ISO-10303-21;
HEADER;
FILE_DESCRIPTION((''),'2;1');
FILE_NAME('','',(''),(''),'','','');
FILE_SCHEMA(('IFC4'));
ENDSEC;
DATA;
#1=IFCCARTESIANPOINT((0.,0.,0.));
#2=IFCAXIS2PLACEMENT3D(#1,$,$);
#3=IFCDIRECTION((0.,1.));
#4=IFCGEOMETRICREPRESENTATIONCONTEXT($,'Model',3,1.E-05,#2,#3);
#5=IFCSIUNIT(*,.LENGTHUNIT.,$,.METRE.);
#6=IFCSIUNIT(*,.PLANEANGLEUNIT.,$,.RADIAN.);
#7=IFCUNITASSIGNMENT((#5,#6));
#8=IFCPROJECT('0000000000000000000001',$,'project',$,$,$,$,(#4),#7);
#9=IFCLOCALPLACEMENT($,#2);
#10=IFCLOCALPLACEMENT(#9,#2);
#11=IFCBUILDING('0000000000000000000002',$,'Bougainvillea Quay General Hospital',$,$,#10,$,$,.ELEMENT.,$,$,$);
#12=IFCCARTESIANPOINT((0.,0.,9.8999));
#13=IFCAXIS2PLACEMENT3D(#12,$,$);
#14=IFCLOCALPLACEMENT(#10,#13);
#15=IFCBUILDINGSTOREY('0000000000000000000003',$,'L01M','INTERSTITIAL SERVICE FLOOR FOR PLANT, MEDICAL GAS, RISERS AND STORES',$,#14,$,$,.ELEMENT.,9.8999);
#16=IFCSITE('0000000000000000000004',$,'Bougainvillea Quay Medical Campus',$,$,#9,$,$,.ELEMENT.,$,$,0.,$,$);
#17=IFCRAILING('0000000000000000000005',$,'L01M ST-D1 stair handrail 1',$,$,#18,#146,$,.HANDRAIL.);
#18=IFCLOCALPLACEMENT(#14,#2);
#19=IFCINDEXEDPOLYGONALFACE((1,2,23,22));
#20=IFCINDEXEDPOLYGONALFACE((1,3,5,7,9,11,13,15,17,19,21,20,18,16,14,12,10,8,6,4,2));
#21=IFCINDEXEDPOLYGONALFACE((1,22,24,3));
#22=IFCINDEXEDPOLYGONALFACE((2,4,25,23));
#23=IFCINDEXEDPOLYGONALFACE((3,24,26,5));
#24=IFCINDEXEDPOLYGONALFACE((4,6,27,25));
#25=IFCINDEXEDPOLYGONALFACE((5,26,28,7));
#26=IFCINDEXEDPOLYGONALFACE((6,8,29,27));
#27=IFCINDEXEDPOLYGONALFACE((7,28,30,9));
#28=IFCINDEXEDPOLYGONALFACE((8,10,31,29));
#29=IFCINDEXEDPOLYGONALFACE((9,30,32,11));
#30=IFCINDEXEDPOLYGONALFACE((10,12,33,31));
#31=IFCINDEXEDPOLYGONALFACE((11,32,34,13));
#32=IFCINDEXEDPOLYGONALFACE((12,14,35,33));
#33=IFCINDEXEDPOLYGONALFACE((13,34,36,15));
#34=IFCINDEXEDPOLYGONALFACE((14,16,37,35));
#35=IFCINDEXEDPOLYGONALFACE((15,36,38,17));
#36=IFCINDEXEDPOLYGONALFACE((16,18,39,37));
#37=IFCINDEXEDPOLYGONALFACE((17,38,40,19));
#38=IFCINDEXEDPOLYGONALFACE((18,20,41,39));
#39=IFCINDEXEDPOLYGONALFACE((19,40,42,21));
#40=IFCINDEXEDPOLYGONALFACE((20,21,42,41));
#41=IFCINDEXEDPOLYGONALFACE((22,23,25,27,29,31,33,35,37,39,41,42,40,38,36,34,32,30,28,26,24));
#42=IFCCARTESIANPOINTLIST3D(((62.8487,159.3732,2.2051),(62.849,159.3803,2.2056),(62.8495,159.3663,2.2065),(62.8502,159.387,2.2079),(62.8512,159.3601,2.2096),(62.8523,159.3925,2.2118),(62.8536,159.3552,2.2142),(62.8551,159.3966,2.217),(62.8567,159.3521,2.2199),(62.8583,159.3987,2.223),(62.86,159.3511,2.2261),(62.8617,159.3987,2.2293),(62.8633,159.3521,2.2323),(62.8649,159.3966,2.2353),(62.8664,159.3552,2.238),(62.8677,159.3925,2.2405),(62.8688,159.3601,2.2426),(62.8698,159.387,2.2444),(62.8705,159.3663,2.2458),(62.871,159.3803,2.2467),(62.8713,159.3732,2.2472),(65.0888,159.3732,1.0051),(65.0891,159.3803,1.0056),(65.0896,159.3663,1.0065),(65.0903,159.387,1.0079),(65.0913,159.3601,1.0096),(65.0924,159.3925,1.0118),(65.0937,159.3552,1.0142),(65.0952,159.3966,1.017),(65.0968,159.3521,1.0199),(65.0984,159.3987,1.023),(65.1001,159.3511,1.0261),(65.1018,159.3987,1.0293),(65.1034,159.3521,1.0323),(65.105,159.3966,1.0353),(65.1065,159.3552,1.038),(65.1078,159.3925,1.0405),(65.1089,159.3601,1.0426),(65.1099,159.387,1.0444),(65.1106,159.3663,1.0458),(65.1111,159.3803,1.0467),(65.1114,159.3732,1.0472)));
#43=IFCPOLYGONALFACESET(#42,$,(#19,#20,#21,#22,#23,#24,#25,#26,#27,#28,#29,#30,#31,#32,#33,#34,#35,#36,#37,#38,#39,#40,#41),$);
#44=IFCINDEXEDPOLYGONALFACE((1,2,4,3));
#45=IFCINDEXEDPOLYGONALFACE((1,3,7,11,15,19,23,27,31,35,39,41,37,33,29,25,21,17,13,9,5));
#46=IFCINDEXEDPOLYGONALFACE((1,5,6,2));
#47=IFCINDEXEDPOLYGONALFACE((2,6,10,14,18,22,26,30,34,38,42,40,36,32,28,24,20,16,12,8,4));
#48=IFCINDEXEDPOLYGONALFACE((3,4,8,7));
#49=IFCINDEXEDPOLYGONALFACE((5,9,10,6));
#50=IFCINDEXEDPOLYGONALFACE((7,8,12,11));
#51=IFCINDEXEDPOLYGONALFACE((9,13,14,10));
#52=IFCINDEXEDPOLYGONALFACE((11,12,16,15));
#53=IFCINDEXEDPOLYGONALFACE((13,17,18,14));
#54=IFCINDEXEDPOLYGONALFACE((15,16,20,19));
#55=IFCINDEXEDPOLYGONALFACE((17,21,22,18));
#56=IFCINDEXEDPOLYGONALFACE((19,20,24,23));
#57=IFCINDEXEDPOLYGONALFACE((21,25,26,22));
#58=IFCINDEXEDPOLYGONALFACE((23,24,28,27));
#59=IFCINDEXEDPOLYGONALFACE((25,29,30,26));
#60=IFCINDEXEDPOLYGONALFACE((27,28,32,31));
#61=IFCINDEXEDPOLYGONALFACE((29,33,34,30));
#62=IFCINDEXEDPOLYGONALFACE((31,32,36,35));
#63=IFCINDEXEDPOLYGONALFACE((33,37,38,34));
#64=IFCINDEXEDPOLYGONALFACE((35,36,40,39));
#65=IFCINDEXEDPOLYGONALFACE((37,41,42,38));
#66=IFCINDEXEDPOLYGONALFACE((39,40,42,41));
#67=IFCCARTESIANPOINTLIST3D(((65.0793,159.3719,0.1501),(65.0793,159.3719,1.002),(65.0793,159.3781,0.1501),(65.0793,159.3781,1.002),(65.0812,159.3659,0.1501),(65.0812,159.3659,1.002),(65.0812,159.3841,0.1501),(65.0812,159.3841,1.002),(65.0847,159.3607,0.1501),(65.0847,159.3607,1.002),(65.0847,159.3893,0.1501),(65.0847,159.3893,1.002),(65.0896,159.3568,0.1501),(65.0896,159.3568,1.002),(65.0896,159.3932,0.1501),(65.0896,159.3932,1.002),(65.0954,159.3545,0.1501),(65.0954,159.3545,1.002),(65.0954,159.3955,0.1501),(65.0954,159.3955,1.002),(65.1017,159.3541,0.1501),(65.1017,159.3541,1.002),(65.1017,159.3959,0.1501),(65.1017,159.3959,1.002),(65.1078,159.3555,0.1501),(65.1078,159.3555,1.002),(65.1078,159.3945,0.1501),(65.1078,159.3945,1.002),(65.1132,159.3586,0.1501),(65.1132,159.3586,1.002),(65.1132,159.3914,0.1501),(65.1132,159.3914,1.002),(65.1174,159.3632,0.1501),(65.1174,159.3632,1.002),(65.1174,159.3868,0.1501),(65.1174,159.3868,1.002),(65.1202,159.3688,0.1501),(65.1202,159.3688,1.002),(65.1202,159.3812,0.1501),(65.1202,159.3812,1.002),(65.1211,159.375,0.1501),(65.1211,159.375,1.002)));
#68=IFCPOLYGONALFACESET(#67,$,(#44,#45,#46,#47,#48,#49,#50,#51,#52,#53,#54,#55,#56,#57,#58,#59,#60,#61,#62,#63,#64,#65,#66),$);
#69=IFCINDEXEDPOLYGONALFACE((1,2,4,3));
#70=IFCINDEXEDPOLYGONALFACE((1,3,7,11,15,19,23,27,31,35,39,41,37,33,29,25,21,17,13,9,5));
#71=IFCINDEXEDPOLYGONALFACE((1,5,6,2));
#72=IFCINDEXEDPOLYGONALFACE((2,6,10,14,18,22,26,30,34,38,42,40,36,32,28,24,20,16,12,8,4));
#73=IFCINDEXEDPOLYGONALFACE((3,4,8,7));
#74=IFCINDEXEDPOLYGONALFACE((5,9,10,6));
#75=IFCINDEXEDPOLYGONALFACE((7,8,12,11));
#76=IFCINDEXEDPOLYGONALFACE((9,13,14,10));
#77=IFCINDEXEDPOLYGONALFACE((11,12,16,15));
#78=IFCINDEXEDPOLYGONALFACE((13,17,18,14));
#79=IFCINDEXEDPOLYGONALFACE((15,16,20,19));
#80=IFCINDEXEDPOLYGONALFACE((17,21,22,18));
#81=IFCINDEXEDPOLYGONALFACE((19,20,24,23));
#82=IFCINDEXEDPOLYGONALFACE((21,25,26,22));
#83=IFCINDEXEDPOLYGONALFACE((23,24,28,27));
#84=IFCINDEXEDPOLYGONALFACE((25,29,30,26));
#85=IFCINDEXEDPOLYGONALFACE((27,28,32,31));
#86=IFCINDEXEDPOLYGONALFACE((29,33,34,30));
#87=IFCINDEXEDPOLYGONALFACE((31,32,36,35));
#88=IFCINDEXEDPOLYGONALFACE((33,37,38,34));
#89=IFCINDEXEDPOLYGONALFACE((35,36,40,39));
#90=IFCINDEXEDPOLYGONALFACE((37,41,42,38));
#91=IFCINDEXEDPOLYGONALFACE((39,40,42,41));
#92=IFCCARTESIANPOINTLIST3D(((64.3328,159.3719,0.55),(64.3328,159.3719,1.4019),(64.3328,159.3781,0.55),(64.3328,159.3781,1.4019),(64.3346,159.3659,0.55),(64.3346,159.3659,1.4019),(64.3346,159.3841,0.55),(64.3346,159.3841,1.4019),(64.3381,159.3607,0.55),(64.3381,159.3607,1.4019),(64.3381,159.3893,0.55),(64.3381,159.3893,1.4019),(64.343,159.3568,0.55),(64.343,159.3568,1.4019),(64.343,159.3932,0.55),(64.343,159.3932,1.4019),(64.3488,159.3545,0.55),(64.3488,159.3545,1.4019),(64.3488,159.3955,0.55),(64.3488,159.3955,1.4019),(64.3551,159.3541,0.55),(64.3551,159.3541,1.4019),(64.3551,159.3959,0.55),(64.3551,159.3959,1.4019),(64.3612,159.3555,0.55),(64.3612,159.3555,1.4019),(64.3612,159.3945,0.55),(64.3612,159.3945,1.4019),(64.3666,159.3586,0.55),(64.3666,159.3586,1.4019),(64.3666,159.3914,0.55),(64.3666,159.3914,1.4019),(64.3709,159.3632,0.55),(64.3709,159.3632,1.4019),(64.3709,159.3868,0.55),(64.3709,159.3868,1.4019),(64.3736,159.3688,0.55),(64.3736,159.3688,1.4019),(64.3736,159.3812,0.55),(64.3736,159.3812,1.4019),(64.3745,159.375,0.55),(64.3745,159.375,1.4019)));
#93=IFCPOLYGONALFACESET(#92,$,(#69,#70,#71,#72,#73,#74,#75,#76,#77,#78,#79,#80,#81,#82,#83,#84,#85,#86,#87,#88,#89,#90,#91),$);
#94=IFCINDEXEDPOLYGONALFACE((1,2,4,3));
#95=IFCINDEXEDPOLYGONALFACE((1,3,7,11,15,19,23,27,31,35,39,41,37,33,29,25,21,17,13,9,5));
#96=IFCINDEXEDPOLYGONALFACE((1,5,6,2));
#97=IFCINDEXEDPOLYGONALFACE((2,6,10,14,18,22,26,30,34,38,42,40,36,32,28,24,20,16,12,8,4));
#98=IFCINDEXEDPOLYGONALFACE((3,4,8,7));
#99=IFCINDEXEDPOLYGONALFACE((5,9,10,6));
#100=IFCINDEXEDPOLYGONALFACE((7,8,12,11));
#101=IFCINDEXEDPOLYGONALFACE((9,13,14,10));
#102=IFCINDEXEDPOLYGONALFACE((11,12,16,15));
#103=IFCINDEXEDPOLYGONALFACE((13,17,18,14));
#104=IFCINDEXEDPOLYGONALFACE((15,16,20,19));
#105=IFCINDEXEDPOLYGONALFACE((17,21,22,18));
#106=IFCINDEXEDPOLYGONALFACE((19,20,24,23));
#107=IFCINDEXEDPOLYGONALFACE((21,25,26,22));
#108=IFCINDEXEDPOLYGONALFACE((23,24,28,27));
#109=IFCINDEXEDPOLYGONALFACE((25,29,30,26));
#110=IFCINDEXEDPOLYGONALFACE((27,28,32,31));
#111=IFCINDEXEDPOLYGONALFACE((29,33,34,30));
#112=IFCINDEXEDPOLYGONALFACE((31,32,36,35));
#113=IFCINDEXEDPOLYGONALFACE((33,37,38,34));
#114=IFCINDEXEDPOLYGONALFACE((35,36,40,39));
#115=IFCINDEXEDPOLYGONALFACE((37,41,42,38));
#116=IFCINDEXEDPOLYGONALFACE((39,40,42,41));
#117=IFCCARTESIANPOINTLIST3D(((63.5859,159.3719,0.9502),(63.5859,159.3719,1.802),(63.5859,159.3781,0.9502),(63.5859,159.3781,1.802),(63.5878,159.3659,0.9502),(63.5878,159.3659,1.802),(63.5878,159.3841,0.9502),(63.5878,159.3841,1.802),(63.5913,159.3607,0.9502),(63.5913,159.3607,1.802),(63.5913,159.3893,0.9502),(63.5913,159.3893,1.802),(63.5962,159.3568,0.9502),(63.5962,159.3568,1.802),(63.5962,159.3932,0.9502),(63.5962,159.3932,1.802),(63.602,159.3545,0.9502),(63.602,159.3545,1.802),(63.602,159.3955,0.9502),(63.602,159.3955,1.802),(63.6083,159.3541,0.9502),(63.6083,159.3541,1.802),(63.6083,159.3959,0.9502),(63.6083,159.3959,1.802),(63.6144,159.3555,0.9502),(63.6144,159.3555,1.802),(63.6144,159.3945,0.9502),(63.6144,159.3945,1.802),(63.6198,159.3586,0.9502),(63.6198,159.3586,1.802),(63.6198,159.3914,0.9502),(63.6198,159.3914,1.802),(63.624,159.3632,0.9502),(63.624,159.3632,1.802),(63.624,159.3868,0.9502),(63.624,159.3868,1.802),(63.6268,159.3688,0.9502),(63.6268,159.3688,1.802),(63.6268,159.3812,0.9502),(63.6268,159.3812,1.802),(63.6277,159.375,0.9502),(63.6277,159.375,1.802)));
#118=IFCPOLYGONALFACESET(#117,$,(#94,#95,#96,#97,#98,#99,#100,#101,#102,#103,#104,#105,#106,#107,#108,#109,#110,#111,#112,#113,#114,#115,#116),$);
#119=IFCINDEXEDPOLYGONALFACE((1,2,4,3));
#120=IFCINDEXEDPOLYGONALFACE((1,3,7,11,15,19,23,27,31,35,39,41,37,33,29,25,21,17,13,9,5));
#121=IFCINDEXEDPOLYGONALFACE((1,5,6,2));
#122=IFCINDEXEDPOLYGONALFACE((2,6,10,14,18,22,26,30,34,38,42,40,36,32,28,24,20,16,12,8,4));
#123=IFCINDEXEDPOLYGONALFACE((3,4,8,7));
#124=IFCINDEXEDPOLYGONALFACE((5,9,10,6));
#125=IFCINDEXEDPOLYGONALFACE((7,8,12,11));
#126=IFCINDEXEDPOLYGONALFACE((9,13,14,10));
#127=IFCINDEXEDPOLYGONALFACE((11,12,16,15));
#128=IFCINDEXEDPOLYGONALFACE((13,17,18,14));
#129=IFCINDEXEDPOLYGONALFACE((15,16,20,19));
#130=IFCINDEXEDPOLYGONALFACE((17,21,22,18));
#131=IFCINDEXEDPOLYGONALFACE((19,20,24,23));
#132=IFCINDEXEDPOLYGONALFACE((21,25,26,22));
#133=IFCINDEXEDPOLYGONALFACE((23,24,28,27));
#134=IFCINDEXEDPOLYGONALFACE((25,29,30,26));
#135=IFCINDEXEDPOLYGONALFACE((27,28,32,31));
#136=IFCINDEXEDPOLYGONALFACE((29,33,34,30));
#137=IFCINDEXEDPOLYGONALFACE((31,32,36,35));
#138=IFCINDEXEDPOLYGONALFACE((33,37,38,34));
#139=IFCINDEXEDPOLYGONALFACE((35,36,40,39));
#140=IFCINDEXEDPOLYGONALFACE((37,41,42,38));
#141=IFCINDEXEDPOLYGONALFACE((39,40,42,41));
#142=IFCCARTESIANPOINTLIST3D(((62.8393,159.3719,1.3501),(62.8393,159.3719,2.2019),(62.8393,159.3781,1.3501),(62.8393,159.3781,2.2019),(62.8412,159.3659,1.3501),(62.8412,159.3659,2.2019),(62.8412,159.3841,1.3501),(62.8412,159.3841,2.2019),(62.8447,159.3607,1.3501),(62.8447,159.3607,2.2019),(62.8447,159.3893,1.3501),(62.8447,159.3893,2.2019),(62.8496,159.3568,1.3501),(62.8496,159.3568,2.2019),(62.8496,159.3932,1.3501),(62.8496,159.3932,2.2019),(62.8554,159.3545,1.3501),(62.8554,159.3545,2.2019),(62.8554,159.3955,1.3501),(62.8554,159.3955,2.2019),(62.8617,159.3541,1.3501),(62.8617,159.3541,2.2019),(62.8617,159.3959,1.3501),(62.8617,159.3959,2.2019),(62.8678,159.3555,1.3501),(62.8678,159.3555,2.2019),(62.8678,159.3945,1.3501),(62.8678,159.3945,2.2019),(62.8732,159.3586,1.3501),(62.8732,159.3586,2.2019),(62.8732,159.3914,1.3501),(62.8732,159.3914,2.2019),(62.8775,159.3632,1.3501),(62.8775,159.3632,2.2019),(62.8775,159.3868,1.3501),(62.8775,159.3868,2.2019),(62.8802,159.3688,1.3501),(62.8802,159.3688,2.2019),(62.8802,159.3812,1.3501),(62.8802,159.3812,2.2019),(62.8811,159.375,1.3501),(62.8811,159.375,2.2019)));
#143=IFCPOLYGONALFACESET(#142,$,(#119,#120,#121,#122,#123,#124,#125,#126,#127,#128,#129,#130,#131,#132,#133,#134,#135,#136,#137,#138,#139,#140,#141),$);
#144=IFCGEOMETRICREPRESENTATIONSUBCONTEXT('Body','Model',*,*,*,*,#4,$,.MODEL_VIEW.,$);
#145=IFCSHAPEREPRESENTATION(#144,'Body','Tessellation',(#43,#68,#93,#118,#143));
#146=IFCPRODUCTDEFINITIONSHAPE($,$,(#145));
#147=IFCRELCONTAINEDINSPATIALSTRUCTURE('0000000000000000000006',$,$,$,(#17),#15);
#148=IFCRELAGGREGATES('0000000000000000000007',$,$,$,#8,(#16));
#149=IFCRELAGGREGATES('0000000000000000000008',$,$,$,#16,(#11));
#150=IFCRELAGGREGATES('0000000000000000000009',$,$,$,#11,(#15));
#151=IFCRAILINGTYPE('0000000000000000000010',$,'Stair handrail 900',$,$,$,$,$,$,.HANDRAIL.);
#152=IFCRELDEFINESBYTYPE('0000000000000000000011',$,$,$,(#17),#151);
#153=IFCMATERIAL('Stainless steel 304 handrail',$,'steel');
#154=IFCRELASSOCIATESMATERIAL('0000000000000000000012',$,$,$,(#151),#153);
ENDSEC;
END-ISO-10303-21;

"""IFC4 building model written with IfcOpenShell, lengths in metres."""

from ifc_helpers import new_model, si_unit, direction, frame, origin, origin_2d, place, context, subcontext, project, spatial, circle, extrude, material, type_object, element, save


model = new_model("IFC4")

# Units and contexts
model_context = context("Model", 3, precision=1e-05, world=origin(), true_north=direction((0.0, 1.0)))
body_context = subcontext(model_context, "Body", "Model", "MODEL_VIEW")
ifc_project = project(units=[si_unit("LENGTHUNIT", "METRE"), si_unit("PLANEANGLEUNIT", "RADIAN")], contexts=[model_context])

# Site, building, storey
site_placement = place(None, origin())
site = spatial("IfcSite", under=ifc_project, at=site_placement, Name="Bougainvillea Quay Medical Campus", CompositionType="ELEMENT", RefElevation=0.0)
building_placement = place(site_placement, origin())
building = spatial("IfcBuilding", under=site, at=building_placement, Name="Bougainvillea Quay General Hospital", CompositionType="ELEMENT")
storey_placement = place(building_placement, frame((0.0, 0.0, 9.8999)))
storey = spatial("IfcBuildingStorey", under=building, at=storey_placement, Name="L01M", Description="INTERSTITIAL SERVICE FLOOR FOR PLANT, MEDICAL GAS, RISERS AND STORES", CompositionType="ELEMENT", Elevation=9.8999)

# Railing
ifc_material_1 = material(Name="Stainless steel 304 handrail", Category="steel")
railing_type_1 = type_object("IfcRailingType", Name="Stair handrail 900", PredefinedType="HANDRAIL", material=ifc_material_1)
railing_1_placement = place(storey_placement, frame((65.1001, 159.375, 0.1501)))
element("IfcRailing", 1, at=railing_1_placement, inside=storey, type_object=railing_type_1, Name="L01M ST-D1 stair handrail 1", PredefinedType="HANDRAIL", context=body_context, shape_type="SweptSolid", body=[
    extrude(circle(Radius=0.0239, at=origin_2d()), frame((0.0, 0.0, 0.876), z_axis=(-0.881487, 0.0, 0.472208), x_axis=(0.0, -1.0, 0.0)), (0.0, 0.0, 1.0), 2.5413),
    extrude(circle(Radius=0.021, at=origin_2d()), origin(), (0.0, 0.0, 1.0), 0.8518),
    extrude(circle(Radius=0.021, at=origin_2d()), frame((-0.7466, 0.0, 0.3999)), (0.0, 0.0, 1.0), 0.8518),
    extrude(circle(Radius=0.021, at=origin_2d()), frame((-1.4934, 0.0, 0.8)), (0.0, 0.0, 1.0), 0.8518),
    extrude(circle(Radius=0.021, at=origin_2d()), frame((-2.24, 0.0, 1.2)), (0.0, 0.0, 1.0), 0.8518),
])

save(model, "model.ifc")
